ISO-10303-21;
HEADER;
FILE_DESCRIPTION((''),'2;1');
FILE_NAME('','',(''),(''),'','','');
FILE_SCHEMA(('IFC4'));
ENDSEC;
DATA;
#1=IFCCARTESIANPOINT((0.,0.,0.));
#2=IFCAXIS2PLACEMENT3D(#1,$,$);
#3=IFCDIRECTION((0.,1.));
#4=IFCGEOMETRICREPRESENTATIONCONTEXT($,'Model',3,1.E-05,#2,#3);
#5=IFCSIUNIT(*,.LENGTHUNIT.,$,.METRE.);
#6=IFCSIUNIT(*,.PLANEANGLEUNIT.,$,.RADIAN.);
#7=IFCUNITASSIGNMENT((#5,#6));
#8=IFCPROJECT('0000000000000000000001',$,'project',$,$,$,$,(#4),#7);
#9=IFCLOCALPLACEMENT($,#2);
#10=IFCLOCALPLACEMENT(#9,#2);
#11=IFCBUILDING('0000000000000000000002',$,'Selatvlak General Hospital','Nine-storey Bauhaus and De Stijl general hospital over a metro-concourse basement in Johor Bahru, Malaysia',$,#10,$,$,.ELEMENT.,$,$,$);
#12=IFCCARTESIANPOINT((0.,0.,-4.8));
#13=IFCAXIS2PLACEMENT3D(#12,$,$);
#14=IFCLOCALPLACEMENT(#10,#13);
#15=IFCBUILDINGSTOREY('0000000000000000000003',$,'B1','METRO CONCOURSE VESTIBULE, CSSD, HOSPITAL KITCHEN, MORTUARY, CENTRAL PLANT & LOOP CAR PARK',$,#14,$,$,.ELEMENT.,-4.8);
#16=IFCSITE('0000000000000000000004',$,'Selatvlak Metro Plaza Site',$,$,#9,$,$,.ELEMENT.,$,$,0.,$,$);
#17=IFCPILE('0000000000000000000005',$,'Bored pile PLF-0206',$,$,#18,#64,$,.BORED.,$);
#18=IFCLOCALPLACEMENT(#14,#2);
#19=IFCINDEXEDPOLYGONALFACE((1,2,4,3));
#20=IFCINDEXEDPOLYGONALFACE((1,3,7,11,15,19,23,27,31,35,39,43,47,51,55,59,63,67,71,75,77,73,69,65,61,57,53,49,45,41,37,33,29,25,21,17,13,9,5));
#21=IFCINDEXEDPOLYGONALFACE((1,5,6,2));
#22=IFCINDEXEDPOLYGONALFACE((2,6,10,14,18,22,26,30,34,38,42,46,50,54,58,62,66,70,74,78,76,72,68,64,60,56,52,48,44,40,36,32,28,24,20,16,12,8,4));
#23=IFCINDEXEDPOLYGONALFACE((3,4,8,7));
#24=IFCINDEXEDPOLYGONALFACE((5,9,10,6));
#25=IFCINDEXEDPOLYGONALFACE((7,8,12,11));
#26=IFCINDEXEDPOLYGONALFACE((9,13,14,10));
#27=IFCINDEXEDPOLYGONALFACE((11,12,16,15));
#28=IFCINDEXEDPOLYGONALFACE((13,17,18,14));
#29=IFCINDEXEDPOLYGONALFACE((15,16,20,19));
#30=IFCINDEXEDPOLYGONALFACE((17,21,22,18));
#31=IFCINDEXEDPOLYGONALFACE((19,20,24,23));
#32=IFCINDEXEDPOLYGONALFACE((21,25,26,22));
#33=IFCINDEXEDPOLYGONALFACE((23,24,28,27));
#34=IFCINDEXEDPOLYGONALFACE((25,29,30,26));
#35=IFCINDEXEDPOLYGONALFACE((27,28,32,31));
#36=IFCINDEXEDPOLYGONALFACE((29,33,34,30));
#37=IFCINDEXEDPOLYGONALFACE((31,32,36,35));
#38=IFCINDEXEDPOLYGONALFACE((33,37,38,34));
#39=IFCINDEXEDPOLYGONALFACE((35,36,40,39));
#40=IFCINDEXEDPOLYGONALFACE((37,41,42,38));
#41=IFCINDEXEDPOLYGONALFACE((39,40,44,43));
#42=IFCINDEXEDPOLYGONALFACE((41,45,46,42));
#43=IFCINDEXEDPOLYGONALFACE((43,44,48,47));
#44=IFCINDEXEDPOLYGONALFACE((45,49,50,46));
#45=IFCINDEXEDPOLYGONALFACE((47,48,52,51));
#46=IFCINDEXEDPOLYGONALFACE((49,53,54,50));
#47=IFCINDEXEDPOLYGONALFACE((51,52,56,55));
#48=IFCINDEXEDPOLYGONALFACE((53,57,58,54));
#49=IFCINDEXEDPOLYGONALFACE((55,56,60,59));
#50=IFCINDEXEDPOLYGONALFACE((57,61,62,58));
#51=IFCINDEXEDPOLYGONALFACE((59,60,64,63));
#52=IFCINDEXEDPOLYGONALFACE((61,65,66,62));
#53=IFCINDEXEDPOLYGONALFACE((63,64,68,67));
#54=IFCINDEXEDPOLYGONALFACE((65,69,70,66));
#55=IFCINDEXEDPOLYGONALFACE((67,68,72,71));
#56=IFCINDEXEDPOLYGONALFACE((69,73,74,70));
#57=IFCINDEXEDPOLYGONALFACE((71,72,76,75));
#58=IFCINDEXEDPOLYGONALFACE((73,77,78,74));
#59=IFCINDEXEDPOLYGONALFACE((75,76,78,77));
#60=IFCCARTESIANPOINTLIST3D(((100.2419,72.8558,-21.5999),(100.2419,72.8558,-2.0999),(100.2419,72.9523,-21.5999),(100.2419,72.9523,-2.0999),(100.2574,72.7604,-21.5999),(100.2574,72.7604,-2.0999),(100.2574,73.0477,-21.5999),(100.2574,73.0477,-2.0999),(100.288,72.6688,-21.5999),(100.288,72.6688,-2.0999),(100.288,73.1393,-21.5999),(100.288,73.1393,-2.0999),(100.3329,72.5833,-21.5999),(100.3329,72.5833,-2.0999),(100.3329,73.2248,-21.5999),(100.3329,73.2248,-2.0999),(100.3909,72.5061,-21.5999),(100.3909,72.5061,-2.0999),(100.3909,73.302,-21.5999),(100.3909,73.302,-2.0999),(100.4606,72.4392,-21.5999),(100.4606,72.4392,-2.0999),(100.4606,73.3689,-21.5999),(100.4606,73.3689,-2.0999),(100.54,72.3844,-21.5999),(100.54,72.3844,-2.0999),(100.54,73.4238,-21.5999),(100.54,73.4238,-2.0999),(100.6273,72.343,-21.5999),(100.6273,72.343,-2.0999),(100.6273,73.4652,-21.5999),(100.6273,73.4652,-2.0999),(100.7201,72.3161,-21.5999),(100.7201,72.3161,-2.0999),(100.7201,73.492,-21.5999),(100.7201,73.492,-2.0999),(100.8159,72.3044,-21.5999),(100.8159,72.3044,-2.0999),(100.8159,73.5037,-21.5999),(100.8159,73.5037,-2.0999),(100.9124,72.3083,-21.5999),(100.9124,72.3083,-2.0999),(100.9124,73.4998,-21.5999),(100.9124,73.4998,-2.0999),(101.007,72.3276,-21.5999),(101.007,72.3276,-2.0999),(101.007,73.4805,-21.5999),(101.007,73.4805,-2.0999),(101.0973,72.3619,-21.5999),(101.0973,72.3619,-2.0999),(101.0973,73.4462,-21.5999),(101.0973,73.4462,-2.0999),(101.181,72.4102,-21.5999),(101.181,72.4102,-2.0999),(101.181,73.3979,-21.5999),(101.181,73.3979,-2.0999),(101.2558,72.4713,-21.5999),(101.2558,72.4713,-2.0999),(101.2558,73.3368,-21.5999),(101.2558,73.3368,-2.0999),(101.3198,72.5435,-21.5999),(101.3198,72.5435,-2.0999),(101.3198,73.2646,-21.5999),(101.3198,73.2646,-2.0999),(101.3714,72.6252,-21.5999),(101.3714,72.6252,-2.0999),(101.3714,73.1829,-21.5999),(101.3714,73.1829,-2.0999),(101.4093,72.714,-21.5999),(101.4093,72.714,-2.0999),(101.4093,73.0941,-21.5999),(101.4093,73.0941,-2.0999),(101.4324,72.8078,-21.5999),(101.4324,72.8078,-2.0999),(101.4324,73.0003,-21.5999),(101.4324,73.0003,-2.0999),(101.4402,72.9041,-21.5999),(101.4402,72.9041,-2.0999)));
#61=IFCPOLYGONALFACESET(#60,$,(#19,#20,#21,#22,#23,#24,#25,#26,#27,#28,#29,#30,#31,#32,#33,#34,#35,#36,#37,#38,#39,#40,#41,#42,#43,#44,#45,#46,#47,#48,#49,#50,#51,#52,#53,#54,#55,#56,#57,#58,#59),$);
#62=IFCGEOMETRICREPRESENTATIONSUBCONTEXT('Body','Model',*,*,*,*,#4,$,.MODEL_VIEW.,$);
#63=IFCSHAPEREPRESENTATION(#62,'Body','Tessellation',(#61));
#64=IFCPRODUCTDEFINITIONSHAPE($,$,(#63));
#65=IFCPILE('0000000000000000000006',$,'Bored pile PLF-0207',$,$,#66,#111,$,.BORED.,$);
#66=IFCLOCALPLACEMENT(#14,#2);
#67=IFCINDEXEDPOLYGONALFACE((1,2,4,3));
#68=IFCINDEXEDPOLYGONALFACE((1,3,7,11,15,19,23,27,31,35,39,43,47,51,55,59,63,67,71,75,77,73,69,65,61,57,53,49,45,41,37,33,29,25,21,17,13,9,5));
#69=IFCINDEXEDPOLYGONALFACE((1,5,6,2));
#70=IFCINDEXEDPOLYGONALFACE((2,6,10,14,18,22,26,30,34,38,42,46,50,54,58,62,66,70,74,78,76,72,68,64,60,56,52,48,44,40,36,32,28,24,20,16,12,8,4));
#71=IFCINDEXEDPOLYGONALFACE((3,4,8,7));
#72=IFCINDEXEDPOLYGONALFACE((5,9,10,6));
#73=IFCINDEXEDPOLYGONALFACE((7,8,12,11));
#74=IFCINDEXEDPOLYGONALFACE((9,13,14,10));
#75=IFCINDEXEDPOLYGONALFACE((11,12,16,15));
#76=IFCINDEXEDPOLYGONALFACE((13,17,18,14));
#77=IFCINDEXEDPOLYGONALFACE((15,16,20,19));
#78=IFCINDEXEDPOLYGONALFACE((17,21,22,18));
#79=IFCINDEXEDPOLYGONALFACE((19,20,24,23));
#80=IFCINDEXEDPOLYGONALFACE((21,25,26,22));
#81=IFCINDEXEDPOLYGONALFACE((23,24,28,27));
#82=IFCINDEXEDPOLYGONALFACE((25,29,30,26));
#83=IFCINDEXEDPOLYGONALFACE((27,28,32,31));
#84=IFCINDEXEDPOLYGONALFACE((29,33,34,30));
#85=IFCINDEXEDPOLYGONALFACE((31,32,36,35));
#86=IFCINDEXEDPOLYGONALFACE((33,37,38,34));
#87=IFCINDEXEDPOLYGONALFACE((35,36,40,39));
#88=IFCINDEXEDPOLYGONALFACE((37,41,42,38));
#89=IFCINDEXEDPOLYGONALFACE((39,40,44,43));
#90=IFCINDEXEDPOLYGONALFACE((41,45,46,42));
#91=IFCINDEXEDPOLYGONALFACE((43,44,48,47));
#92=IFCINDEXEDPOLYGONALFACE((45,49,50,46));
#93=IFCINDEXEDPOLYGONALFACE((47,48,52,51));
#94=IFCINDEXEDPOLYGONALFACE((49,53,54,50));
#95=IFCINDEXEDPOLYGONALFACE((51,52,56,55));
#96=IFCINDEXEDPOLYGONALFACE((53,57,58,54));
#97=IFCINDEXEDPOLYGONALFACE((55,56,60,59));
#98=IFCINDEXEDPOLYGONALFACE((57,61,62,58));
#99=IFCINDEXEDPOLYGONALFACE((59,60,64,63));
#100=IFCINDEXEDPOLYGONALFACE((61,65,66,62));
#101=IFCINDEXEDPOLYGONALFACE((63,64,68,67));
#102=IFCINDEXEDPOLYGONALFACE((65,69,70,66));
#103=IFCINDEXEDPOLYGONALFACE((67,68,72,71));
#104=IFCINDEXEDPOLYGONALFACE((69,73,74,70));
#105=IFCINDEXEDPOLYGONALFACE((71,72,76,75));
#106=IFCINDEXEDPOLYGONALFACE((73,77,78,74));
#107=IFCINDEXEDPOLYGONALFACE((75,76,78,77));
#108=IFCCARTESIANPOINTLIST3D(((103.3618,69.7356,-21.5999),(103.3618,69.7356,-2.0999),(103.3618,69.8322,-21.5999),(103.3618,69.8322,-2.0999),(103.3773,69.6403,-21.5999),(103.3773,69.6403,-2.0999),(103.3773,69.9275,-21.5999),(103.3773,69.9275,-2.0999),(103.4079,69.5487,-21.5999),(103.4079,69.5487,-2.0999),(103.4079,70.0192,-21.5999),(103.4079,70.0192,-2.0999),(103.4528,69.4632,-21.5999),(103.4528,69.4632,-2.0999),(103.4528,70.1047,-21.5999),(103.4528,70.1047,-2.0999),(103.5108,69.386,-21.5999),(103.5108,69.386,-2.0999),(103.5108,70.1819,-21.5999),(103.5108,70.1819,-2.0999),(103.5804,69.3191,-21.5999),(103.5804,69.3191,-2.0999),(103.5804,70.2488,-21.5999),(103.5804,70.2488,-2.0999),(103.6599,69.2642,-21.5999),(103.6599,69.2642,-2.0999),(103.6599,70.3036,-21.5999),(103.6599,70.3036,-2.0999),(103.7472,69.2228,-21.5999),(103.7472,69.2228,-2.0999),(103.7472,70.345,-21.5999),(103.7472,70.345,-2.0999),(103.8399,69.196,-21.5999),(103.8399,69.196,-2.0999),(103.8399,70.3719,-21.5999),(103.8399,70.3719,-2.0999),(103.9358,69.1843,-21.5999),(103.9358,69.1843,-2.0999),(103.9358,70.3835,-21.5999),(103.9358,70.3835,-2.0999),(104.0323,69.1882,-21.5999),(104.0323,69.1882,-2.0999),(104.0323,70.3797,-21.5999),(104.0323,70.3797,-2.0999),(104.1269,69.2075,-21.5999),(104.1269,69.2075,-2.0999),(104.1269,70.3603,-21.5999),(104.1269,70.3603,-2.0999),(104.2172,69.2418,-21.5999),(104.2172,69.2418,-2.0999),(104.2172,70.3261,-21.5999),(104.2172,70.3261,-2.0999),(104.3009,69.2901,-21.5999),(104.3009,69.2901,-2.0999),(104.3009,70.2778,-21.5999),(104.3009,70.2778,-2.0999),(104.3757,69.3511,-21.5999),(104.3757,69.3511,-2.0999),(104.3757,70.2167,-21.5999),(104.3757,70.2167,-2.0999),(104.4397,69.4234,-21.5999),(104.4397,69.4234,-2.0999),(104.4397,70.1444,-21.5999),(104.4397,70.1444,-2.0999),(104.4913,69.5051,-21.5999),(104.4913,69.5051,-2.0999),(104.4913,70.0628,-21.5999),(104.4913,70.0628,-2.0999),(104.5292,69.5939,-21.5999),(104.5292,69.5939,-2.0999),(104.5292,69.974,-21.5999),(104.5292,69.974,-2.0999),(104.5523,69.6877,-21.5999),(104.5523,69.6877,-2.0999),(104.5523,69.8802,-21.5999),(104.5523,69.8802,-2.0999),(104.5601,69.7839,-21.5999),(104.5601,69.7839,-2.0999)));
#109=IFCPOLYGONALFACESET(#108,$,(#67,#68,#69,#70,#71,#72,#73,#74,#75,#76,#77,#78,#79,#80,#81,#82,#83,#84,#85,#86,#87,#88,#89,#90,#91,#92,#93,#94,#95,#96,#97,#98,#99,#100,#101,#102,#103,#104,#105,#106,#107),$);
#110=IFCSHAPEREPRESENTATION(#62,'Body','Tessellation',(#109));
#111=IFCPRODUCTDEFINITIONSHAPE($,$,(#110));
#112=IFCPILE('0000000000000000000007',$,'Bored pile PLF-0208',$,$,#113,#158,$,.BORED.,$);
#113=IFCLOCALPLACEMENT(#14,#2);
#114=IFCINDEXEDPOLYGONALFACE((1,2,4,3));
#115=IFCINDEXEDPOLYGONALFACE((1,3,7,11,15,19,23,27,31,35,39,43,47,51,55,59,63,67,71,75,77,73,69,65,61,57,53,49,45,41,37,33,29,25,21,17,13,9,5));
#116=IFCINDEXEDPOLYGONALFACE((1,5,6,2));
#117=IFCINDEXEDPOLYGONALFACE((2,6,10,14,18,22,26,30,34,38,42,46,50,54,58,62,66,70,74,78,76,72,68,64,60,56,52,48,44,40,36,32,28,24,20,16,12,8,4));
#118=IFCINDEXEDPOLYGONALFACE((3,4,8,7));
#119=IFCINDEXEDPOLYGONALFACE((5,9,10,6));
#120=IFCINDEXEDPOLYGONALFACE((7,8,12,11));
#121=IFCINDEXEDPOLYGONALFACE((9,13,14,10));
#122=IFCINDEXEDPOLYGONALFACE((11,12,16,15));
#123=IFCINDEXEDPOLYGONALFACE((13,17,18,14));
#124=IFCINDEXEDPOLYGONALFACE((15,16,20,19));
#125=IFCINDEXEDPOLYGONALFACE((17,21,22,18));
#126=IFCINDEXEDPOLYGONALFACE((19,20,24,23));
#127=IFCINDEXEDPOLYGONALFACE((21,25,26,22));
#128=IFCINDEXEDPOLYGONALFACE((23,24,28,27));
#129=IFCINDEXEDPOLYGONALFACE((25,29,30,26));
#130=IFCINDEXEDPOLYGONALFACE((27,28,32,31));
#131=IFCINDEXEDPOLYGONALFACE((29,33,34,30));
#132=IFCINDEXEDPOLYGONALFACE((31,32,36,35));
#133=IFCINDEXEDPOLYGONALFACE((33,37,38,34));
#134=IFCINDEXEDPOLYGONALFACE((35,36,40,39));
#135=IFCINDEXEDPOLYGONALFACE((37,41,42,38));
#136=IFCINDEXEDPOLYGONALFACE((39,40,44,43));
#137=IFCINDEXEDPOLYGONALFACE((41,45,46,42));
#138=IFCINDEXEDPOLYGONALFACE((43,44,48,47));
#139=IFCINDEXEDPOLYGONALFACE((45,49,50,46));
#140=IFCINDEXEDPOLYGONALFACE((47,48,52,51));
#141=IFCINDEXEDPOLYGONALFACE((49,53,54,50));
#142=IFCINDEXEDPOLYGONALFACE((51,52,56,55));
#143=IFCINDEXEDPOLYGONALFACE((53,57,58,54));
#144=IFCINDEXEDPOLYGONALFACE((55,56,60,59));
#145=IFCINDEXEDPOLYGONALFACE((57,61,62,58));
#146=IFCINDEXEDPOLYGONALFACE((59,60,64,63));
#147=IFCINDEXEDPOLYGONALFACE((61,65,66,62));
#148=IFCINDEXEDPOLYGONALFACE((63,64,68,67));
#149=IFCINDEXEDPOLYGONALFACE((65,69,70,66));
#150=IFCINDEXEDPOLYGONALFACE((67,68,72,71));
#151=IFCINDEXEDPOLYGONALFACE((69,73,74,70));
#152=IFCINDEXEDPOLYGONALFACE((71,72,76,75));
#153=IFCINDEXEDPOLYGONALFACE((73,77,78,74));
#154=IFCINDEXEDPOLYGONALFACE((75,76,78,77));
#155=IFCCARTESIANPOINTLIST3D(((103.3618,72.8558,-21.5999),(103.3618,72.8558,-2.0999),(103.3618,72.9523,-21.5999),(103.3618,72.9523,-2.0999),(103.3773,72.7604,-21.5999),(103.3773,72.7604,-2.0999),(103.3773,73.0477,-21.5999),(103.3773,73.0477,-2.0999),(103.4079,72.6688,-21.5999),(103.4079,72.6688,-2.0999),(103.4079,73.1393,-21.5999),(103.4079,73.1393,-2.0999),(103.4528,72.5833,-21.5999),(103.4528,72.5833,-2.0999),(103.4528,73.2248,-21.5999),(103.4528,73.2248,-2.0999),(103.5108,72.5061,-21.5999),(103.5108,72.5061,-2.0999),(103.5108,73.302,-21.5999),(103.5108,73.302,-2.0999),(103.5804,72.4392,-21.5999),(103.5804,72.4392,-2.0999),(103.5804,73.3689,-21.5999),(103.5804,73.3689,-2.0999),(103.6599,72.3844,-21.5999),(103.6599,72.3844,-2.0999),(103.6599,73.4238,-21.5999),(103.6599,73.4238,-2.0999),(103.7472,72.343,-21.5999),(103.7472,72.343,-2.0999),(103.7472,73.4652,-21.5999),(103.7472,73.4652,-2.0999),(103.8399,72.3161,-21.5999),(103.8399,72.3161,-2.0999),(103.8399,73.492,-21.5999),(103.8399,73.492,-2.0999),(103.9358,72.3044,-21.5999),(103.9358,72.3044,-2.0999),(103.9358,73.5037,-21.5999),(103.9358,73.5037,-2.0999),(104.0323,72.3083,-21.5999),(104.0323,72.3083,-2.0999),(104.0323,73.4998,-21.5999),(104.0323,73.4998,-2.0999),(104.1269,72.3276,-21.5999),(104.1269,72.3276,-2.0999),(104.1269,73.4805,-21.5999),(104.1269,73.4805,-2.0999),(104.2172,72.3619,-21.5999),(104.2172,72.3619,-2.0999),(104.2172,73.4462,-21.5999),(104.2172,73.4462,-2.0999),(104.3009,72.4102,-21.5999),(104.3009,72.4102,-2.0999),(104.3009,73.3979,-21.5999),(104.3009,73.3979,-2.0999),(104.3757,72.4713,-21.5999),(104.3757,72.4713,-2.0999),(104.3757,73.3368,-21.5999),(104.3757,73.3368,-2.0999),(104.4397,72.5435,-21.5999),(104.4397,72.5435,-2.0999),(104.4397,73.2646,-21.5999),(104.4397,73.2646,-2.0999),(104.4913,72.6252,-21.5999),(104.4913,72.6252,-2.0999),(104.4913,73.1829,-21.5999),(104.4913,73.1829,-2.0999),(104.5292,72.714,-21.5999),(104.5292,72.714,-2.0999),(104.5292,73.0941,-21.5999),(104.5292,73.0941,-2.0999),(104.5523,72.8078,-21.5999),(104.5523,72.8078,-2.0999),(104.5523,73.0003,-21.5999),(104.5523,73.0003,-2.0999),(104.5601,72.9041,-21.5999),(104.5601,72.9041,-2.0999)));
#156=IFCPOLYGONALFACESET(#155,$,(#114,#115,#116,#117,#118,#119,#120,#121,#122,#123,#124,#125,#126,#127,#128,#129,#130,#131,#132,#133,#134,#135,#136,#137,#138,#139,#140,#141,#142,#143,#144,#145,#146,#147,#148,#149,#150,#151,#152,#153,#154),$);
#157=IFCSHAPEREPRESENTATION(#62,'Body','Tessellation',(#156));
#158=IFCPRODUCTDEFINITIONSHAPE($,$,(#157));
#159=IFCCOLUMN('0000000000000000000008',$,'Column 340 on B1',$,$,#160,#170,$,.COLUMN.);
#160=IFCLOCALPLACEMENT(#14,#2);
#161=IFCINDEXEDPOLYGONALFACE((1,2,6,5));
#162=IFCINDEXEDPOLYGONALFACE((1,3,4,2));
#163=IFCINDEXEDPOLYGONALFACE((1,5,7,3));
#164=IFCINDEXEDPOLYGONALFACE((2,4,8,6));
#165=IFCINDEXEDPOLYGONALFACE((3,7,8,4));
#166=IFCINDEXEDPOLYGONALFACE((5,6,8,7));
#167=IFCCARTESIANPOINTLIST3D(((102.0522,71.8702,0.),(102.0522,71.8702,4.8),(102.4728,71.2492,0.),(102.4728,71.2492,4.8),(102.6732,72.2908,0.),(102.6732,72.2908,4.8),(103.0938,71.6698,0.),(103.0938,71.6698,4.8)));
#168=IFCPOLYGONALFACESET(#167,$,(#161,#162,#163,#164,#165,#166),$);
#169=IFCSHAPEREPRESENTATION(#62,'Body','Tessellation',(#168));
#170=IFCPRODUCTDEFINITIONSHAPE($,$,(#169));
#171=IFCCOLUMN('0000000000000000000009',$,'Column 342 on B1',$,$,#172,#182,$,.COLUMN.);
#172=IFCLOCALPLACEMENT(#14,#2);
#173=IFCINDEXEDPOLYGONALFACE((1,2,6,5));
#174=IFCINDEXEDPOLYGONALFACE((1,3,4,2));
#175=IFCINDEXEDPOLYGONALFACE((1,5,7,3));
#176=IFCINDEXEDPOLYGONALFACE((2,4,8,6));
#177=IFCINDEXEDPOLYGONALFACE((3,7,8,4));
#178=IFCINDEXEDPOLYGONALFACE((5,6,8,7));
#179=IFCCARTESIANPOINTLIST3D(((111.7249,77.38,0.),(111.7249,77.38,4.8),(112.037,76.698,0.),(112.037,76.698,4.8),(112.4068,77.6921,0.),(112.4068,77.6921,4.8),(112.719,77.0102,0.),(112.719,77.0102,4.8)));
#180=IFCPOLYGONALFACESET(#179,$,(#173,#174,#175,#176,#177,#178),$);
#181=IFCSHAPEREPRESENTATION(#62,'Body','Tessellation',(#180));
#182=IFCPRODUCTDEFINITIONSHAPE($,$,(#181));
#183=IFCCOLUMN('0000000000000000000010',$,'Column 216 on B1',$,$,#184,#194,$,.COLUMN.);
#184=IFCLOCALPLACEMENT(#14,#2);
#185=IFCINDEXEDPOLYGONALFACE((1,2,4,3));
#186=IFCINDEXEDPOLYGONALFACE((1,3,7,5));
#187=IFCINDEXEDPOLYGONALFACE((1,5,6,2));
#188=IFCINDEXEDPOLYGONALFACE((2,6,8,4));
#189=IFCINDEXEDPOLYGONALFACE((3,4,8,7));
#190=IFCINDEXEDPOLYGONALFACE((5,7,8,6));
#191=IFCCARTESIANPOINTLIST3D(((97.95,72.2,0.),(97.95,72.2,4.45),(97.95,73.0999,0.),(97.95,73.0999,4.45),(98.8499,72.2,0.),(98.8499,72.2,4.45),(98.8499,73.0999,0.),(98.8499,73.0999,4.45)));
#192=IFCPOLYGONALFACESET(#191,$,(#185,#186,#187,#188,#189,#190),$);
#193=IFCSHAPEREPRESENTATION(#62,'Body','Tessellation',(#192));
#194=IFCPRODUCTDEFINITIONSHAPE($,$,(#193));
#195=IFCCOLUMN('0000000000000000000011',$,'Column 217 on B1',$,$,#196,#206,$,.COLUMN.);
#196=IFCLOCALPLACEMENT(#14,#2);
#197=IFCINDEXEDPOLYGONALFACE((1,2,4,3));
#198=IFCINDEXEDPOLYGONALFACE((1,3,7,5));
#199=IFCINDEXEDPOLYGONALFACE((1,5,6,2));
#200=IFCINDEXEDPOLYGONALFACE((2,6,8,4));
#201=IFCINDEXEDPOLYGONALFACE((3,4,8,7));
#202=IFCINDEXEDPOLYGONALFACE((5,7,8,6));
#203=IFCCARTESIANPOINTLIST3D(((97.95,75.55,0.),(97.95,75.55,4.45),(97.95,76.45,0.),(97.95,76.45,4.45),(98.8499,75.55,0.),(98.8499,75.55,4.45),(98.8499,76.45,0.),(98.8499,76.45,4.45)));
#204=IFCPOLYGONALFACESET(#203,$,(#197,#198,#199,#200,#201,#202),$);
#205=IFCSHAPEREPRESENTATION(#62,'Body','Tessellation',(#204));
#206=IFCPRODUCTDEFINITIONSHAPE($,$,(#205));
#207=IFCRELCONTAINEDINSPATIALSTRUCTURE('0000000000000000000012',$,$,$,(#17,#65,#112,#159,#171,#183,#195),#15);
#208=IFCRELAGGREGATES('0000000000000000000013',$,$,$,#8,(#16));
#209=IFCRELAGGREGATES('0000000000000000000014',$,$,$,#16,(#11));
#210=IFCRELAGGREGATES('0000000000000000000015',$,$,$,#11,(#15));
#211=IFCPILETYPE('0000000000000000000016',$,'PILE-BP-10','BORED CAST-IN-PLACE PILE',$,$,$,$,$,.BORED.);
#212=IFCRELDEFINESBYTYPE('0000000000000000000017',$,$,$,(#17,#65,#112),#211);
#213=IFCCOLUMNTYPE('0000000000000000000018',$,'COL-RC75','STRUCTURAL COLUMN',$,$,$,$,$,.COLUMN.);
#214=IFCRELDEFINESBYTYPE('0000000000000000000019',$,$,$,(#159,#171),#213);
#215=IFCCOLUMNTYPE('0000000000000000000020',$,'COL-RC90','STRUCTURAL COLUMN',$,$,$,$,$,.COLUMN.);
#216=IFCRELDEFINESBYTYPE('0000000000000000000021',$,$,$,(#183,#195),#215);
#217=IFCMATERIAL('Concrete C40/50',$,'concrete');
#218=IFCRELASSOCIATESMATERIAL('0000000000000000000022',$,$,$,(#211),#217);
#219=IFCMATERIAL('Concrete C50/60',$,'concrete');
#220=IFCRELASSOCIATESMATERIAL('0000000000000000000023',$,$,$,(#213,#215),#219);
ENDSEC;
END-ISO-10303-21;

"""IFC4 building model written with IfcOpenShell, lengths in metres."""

from ifc_helpers import new_model, si_unit, direction, frame, origin, origin_2d, place, context, subcontext, project, spatial, rectangle, circle, extrude, material, material_profile, profile_set, type_object, element, save


model = new_model("IFC4")

# Units and contexts
model_context = context("Model", 3, precision=1e-05, world=origin(), true_north=direction((0.0, 1.0)))
body_context = subcontext(model_context, "Body", "Model", "MODEL_VIEW")
ifc_project = project(units=[si_unit("LENGTHUNIT", "METRE"), si_unit("PLANEANGLEUNIT", "RADIAN")], contexts=[model_context])

# Site, building, storey
site_placement = place(None, origin())
site = spatial("IfcSite", under=ifc_project, at=site_placement, Name="Selatvlak Metro Plaza Site", CompositionType="ELEMENT", RefElevation=0.0)
building_placement = place(site_placement, origin())
building = spatial("IfcBuilding", under=site, at=building_placement, Name="Selatvlak General Hospital", Description="Nine-storey Bauhaus and De Stijl general hospital over a metro-concourse basement in Johor Bahru, Malaysia", CompositionType="ELEMENT")
storey_placement = place(building_placement, frame((0.0, 0.0, -4.8)))
storey = spatial("IfcBuildingStorey", under=building, at=storey_placement, Name="B1", Description="METRO CONCOURSE VESTIBULE, CSSD, HOSPITAL KITCHEN, MORTUARY, CENTRAL PLANT & LOOP CAR PARK", CompositionType="ELEMENT", Elevation=-4.8)

# Shared definitions
ifc_material_1 = material(Name="Concrete C40/50", Category="concrete")

# Piles
ifc_material_profile_1 = material_profile(ifc_material_1, circle(Radius=0.6001, at=origin_2d()), Name="BORED PILE 1200")
ifc_profile_set_1 = profile_set([ifc_material_profile_1], Name="Concrete C40/50")
pile_type_1 = type_object("IfcPileType", Name="PILE-BP-10", Description="BORED CAST-IN-PLACE PILE", PredefinedType="BORED", material=ifc_profile_set_1)
for number, where, z_axis, x_axis, name in (
    (1, (100.8401, 72.9041, -2.0999), (0.0, 0.0, -1.0), (1.0, 0.0, 0.0), "Bored pile PLF-0206"),
    (2, (103.96, 69.7839, -2.0999), (0.0, 0.0, -1.0), (1.0, 0.0, 0.0), "Bored pile PLF-0207"),
    (3, (103.96, 72.9041, -2.0999), (0.0, 0.0, -1.0), (1.0, 0.0, 0.0), "Bored pile PLF-0208"),
):
    element("IfcPile", number, at=place(storey_placement, frame(where, z_axis=z_axis, x_axis=x_axis)), inside=storey, type_object=pile_type_1, Name=name, PredefinedType="BORED", context=body_context, shape_type="SweptSolid", body=[
        extrude(circle(Radius=0.6001, at=origin_2d()), origin(), (0.0, 0.0, 1.0), 19.5),
    ])

# Columns
ifc_material_2 = material(Name="Concrete C50/60", Category="concrete")
ifc_material_profile_2 = material_profile(ifc_material_2, rectangle(XDim=0.75, YDim=0.75, at=origin_2d()), Name="RC-COL 750x750")
ifc_profile_set_2 = profile_set([ifc_material_profile_2], Name="Concrete C50/60")
column_type_1 = type_object("IfcColumnType", Name="COL-RC75", Description="STRUCTURAL COLUMN", PredefinedType="COLUMN", material=ifc_profile_set_2)
for number, where, z_axis, x_axis, name in (
    (4, (102.573, 71.77, 0.0), (0.0, 0.0, 1.0), (-0.560726, 0.828002, 0.0), "Column 340 on B1"),
    (5, (112.2219, 77.1951, 0.0), (0.0, 0.0, 1.0), (-0.416201, 0.909272, 0.0), "Column 342 on B1"),
):
    element("IfcColumn", number, at=place(storey_placement, frame(where, z_axis=z_axis, x_axis=x_axis)), inside=storey, type_object=column_type_1, Name=name, PredefinedType="COLUMN", context=body_context, shape_type="SweptSolid", body=[
        extrude(rectangle(XDim=0.75, YDim=0.75, at=origin_2d()), origin(), (0.0, 0.0, 1.0), 4.8),
    ])
ifc_material_profile_3 = material_profile(ifc_material_2, rectangle(XDim=0.8999, YDim=0.8999, at=origin_2d()), Name="RC-COL 900x900")
ifc_profile_set_3 = profile_set([ifc_material_profile_3], Name="Concrete C50/60")
column_type_2 = type_object("IfcColumnType", Name="COL-RC90", Description="STRUCTURAL COLUMN", PredefinedType="COLUMN", material=ifc_profile_set_3)
for number, where, z_axis, x_axis, name in (
    (6, (98.3999, 72.6499, 0.0), (0.0, 0.0, 1.0), (1.0, 0.0, 0.0), "Column 216 on B1"),
    (7, (98.3999, 76.0, 0.0), (0.0, 0.0, 1.0), (1.0, 0.0, 0.0), "Column 217 on B1"),
):
    element("IfcColumn", number, at=place(storey_placement, frame(where, z_axis=z_axis, x_axis=x_axis)), inside=storey, type_object=column_type_2, Name=name, PredefinedType="COLUMN", context=body_context, shape_type="SweptSolid", body=[
        extrude(rectangle(XDim=0.8999, YDim=0.8999, at=origin_2d()), origin(), (0.0, 0.0, 1.0), 4.45),
    ])

save(model, "model.ifc")
